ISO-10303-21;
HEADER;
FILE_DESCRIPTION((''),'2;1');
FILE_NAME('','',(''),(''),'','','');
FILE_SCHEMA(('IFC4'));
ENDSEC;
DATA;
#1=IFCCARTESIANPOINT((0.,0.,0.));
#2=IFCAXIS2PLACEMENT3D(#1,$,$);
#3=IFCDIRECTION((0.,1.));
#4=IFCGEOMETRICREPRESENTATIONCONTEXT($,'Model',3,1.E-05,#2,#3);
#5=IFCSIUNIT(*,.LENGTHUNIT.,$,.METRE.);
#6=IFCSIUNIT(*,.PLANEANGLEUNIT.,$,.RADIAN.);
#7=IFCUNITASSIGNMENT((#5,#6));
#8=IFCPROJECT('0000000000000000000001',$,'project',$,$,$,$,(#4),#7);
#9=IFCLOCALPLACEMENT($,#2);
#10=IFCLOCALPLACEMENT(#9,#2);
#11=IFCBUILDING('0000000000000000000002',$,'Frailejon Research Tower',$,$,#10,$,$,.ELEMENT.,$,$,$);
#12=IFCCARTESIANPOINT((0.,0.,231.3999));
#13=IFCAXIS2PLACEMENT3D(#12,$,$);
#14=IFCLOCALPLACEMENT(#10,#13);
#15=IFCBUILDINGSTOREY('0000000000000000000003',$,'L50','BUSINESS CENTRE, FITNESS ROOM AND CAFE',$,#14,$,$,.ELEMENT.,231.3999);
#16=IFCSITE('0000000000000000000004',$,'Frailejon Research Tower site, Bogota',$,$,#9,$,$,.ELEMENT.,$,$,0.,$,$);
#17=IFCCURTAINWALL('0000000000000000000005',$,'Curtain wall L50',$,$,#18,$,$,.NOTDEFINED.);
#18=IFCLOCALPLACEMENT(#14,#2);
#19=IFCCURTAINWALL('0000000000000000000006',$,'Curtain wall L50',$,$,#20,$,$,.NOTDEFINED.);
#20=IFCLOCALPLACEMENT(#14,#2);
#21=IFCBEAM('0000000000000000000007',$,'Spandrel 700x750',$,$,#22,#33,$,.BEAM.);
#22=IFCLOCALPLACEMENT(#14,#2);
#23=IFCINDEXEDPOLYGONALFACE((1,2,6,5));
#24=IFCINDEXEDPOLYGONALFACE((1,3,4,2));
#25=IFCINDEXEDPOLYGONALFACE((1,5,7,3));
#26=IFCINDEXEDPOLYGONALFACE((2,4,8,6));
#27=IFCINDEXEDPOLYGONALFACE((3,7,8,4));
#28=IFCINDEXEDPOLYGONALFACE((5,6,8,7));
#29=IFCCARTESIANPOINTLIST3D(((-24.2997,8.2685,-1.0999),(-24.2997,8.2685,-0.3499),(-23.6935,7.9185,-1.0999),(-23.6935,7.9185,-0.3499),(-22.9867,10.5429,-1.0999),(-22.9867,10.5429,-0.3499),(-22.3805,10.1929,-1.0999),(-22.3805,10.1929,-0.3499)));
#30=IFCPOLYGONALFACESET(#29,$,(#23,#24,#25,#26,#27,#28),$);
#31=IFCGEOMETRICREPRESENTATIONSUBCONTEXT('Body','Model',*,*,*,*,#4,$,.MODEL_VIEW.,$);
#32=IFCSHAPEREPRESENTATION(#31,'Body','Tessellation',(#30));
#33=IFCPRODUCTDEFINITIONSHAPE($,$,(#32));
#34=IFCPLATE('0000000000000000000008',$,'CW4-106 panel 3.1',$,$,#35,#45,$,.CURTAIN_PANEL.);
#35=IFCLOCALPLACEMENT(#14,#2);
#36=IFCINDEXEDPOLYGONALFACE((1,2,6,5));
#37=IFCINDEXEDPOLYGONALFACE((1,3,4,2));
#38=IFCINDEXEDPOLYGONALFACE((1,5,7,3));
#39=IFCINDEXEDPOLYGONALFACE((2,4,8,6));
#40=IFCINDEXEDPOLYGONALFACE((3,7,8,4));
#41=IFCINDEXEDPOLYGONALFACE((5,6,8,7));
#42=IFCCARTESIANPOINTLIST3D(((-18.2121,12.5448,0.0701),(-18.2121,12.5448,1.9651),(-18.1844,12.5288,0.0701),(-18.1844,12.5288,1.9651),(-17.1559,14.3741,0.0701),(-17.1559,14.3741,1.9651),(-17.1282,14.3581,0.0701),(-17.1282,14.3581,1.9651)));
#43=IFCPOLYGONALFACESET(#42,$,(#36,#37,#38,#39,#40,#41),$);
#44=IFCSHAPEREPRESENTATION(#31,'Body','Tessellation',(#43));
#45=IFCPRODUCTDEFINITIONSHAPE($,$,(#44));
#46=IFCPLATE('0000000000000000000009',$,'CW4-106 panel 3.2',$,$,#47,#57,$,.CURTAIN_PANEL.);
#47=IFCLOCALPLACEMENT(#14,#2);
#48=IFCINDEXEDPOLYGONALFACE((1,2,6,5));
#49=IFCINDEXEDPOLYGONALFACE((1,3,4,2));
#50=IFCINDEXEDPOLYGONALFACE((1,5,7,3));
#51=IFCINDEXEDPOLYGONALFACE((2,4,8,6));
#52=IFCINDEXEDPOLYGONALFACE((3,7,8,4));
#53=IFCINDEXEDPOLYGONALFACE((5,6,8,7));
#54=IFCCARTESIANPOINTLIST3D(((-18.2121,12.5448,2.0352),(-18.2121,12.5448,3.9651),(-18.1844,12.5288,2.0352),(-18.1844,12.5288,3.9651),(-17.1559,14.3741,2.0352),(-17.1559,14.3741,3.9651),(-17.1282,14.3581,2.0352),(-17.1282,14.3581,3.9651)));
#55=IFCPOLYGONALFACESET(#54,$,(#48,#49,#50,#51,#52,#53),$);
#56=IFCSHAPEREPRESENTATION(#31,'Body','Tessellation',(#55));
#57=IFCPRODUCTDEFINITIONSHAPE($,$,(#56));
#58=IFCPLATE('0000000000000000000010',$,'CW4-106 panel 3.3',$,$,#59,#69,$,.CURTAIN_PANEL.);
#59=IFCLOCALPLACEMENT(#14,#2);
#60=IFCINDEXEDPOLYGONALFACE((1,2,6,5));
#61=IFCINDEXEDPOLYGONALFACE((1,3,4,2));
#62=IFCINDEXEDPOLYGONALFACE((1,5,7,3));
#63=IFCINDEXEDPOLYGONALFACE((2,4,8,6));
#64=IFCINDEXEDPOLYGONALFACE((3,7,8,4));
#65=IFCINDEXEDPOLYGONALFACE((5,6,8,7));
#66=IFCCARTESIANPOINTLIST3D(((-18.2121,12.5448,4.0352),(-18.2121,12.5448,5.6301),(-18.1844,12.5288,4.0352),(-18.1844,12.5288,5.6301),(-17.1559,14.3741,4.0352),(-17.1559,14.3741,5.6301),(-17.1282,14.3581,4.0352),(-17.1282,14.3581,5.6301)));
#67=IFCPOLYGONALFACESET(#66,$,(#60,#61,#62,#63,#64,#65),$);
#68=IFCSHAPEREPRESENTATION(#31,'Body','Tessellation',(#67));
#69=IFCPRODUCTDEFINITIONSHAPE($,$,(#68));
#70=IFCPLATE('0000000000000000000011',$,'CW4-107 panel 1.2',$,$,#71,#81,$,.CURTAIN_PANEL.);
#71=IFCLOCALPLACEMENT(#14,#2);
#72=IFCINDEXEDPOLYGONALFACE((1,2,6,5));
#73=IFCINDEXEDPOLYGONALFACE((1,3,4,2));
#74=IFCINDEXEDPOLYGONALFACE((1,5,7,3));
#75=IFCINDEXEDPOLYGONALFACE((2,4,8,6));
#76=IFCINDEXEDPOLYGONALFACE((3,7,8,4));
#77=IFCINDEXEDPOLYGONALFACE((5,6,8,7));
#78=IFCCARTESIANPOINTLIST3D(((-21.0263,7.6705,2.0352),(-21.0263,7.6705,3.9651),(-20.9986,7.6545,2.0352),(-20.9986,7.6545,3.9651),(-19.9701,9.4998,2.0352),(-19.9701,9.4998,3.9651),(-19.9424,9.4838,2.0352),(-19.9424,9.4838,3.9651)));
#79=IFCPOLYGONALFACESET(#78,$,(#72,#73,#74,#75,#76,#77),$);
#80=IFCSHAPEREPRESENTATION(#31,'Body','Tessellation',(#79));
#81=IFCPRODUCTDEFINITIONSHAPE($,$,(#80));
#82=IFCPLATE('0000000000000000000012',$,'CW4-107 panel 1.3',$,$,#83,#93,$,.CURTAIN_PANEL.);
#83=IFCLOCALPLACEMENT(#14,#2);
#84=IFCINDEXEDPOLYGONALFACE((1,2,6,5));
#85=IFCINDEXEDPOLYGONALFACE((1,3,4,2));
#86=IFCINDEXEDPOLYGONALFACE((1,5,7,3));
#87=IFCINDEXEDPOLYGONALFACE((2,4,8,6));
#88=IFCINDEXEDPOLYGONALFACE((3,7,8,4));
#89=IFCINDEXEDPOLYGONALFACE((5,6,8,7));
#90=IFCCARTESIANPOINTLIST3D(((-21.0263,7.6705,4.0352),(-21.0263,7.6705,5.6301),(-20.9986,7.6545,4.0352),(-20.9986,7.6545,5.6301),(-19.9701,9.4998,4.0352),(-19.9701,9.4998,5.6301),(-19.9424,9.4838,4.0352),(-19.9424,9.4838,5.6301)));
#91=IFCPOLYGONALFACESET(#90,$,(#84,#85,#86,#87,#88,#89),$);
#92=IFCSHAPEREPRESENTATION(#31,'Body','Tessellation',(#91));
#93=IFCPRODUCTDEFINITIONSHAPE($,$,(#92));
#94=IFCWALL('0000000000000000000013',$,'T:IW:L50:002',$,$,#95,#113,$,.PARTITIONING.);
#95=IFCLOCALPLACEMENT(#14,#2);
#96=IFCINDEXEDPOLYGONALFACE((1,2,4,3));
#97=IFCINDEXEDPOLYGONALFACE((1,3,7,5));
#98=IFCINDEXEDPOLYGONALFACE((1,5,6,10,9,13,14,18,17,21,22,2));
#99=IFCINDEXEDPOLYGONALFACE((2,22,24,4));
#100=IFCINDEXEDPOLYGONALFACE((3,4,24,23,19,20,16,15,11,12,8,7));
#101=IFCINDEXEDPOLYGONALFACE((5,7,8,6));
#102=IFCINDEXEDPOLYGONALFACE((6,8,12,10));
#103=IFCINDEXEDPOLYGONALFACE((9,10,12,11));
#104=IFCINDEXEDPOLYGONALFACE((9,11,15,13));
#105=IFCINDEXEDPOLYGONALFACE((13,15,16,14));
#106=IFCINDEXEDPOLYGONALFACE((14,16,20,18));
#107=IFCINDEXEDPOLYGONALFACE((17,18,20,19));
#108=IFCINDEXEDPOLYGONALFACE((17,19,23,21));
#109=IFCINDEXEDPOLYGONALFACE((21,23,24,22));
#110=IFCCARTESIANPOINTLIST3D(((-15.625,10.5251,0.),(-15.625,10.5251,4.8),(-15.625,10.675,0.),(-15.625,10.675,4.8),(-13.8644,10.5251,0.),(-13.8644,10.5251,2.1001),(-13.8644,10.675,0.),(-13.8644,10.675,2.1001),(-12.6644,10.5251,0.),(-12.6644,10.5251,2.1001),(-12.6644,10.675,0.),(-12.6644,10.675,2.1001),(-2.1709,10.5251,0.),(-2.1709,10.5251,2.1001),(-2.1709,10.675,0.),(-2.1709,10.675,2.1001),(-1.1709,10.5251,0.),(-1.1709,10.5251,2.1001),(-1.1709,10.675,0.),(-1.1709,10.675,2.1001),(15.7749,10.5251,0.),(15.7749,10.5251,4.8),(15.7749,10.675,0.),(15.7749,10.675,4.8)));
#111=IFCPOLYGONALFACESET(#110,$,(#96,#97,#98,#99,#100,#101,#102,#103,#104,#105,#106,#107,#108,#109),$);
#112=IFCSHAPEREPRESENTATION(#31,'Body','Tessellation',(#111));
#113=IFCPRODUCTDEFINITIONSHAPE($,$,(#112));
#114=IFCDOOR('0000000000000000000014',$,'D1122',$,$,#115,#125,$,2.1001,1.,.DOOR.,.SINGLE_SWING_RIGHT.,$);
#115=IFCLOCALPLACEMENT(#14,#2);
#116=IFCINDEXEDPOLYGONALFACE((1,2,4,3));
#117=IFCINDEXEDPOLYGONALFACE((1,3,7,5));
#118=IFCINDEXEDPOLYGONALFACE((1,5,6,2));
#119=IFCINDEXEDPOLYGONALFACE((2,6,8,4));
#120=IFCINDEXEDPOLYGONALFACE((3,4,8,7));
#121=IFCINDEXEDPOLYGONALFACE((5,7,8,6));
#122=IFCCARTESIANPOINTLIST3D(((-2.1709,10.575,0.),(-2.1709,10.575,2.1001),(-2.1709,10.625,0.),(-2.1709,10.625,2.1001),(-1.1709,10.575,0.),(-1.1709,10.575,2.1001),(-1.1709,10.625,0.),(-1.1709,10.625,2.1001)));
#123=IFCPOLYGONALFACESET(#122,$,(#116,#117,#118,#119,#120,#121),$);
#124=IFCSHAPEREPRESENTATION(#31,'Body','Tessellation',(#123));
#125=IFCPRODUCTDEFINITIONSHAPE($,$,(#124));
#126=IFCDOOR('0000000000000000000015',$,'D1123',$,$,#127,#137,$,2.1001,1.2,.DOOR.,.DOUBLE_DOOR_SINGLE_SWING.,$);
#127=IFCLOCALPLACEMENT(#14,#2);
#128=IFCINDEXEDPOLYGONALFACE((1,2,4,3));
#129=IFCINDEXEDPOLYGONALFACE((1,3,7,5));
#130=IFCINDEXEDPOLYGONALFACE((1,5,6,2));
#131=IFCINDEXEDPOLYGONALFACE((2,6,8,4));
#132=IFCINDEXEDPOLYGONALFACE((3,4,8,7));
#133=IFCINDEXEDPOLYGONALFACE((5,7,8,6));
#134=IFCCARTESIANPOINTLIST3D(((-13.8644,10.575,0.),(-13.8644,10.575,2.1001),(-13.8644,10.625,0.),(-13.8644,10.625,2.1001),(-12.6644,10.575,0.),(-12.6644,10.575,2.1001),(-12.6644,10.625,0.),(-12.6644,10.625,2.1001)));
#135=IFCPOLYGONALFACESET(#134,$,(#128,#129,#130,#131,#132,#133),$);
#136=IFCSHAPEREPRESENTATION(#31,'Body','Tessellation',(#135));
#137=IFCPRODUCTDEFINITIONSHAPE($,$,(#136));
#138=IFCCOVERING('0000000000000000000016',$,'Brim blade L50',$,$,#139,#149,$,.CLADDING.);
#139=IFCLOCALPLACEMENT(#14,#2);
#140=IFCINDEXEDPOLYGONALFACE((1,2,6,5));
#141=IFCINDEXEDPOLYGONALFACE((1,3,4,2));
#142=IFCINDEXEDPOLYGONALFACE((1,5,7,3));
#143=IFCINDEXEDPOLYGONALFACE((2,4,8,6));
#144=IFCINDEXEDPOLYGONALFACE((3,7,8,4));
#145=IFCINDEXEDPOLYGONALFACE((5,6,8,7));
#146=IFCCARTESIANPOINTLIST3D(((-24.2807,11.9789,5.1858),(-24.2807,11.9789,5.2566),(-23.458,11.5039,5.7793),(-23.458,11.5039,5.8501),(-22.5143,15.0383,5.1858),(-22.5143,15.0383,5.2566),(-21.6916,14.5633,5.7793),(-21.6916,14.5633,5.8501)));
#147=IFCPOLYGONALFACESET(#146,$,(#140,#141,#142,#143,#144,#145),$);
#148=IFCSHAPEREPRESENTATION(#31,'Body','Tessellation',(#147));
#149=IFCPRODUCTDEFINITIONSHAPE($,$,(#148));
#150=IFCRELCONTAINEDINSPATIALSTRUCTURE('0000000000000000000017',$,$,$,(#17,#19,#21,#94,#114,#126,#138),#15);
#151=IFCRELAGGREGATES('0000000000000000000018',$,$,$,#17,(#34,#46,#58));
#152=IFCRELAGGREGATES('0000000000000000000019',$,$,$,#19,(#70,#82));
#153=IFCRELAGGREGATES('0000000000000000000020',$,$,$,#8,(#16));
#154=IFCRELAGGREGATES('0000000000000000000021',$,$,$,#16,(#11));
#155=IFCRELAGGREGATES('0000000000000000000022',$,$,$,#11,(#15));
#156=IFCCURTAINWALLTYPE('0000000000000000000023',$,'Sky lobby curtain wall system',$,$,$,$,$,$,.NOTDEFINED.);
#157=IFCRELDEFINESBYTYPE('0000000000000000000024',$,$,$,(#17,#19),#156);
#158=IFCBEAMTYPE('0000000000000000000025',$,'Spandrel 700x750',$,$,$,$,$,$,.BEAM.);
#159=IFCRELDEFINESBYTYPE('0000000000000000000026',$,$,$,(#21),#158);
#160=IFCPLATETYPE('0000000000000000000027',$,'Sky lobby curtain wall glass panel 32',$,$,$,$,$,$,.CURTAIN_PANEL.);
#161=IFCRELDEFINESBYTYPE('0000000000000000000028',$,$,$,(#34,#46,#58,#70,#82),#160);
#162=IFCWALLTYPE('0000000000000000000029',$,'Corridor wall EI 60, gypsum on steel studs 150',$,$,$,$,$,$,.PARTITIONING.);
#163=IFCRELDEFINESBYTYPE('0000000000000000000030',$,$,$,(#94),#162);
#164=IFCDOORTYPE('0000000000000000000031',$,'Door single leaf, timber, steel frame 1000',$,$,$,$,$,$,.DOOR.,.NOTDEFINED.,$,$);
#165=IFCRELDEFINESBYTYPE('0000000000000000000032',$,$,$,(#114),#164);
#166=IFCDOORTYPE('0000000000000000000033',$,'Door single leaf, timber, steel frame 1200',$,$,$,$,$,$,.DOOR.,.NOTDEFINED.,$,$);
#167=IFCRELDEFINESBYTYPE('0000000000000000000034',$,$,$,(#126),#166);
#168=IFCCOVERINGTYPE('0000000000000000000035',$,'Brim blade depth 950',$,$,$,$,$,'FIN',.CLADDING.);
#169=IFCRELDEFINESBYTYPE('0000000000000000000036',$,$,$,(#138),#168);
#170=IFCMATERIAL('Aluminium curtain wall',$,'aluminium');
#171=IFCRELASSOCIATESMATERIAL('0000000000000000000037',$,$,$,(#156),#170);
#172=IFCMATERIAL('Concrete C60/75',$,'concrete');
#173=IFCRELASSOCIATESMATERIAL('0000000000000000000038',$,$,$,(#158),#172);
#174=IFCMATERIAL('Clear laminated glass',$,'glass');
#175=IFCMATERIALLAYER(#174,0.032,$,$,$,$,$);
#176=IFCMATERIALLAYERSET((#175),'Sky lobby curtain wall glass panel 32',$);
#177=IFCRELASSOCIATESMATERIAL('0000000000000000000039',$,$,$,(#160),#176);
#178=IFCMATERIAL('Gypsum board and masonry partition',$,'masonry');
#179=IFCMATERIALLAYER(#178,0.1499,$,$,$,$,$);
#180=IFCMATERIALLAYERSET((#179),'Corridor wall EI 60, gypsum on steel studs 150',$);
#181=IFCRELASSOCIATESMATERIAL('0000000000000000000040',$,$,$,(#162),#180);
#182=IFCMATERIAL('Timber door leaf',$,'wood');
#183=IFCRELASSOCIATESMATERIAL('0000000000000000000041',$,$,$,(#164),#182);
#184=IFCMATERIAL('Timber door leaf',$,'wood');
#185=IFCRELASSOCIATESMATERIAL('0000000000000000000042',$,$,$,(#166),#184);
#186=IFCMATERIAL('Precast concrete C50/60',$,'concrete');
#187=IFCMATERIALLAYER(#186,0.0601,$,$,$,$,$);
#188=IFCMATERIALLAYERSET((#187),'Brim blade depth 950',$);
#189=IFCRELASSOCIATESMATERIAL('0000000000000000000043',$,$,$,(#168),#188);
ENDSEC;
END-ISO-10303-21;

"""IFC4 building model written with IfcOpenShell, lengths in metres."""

from ifc_helpers import new_model, si_unit, direction, frame, frame_2d, origin, origin_2d, place, context, subcontext, project, spatial, polyline, rectangle, outline, extrude, material, layer, layer_set, material_profile, profile_set, type_object, element, fill, aggregate, save


model = new_model("IFC4")

# Units and contexts
model_context = context("Model", 3, precision=1e-05, world=origin(), true_north=direction((0.0, 1.0)))
body_context = subcontext(model_context, "Body", "Model", "MODEL_VIEW")
ifc_project = project(units=[si_unit("LENGTHUNIT", "METRE"), si_unit("PLANEANGLEUNIT", "RADIAN")], contexts=[model_context])

# Site, building, storey
site_placement = place(None, origin())
site = spatial("IfcSite", under=ifc_project, at=site_placement, Name="Frailejon Research Tower site, Bogota", CompositionType="ELEMENT", RefElevation=0.0)
building_placement = place(site_placement, origin())
building = spatial("IfcBuilding", under=site, at=building_placement, Name="Frailejon Research Tower", CompositionType="ELEMENT")
storey_placement = place(building_placement, frame((0.0, 0.0, 231.3999)))
storey = spatial("IfcBuildingStorey", under=building, at=storey_placement, Name="L50", Description="BUSINESS CENTRE, FITNESS ROOM AND CAFE", CompositionType="ELEMENT", Elevation=231.3999)

# Curtain walls
ifc_material_1 = material(Name="Aluminium curtain wall", Category="aluminium")
curtain_wall_type = type_object("IfcCurtainWallType", Name="Sky lobby curtain wall system", PredefinedType="NOTDEFINED", material=ifc_material_1)
curtain_wall_1_placement = place(storey_placement, origin())
curtain_wall_1 = element("IfcCurtainWall", 1, at=curtain_wall_1_placement, inside=storey, type_object=curtain_wall_type, Name="Curtain wall L50", PredefinedType="NOTDEFINED")
curtain_wall_2_placement = place(storey_placement, origin())
curtain_wall_2 = element("IfcCurtainWall", 2, at=curtain_wall_2_placement, inside=storey, type_object=curtain_wall_type, Name="Curtain wall L50", PredefinedType="NOTDEFINED")

# Beam
ifc_material_2 = material(Name="Concrete C60/75", Category="concrete")
ifc_material_profile_1 = material_profile(ifc_material_2, rectangle(XDim=0.7, YDim=0.75, at=origin_2d()), Name="Spandrel 700x750")
ifc_profile_set_1 = profile_set([ifc_material_profile_1], Name="Concrete C60/75")
beam_type_1 = type_object("IfcBeamType", Name="Spandrel 700x750", PredefinedType="BEAM", material=ifc_profile_set_1)
for number, where, z_axis, x_axis, name in (
    (3, (-22.6836, 10.3679, -0.7249), (-0.499959, -0.866049, 0.0), (0.866049, -0.499959, 0.0), "Spandrel 700x750"),
):
    element("IfcBeam", number, at=place(storey_placement, frame(where, z_axis=z_axis, x_axis=x_axis)), inside=storey, type_object=beam_type_1, Name=name, PredefinedType="BEAM", context=body_context, shape_type="SweptSolid", body=[
        extrude(rectangle(XDim=0.7, YDim=0.75, at=origin_2d()), origin(), (0.0, 0.0, 1.0), 2.6262),
    ])

# Plates
ifc_material_3 = material(Name="Clear laminated glass", Category="glass")
ifc_layer_1 = layer(ifc_material_3, 0.032)
ifc_layer_set_1 = layer_set([ifc_layer_1], Name="Sky lobby curtain wall glass panel 32")
plate_type = type_object("IfcPlateType", Name="Sky lobby curtain wall glass panel 32", PredefinedType="CURTAIN_PANEL", material=ifc_layer_set_1)
plate_1_placement = place(storey_placement, frame((-17.6702, 13.4514, 0.0701), z_axis=(0.0, 0.0, 1.0), x_axis=(-0.5, -0.866025, 0.0)))
plate_1 = element("IfcPlate", 4, at=plate_1_placement, type_object=plate_type, Name="CW4-106 panel 3.1", PredefinedType="CURTAIN_PANEL", context=body_context, shape_type="SweptSolid", body=[
    extrude(rectangle(XDim=2.1123, YDim=0.032, at=origin_2d()), origin(), (0.0, 0.0, 1.0), 1.895),
])
plate_2_placement = place(storey_placement, frame((-17.6702, 13.4514, 2.0352), z_axis=(0.0, 0.0, 1.0), x_axis=(-0.5, -0.866025, 0.0)))
plate_2 = element("IfcPlate", 5, at=plate_2_placement, type_object=plate_type, Name="CW4-106 panel 3.2", PredefinedType="CURTAIN_PANEL", context=body_context, shape_type="SweptSolid", body=[
    extrude(rectangle(XDim=2.1123, YDim=0.032, at=origin_2d()), origin(), (0.0, 0.0, 1.0), 1.9299),
])
plate_3_placement = place(storey_placement, frame((-17.6702, 13.4514, 4.0352), z_axis=(0.0, 0.0, 1.0), x_axis=(-0.5, -0.866025, 0.0)))
plate_3 = element("IfcPlate", 6, at=plate_3_placement, type_object=plate_type, Name="CW4-106 panel 3.3", PredefinedType="CURTAIN_PANEL", context=body_context, shape_type="SweptSolid", body=[
    extrude(rectangle(XDim=2.1123, YDim=0.032, at=origin_2d()), origin(), (0.0, 0.0, 1.0), 1.595),
])
aggregate(curtain_wall_1, [plate_1, plate_2, plate_3])
plate_4_placement = place(storey_placement, frame((-20.4844, 8.5771, 2.0352), z_axis=(0.0, 0.0, 1.0), x_axis=(-0.5, -0.866025, 0.0)))
plate_4 = element("IfcPlate", 7, at=plate_4_placement, type_object=plate_type, Name="CW4-107 panel 1.2", PredefinedType="CURTAIN_PANEL", context=body_context, shape_type="SweptSolid", body=[
    extrude(rectangle(XDim=2.1123, YDim=0.032, at=origin_2d()), origin(), (0.0, 0.0, 1.0), 1.9299),
])
plate_5_placement = place(storey_placement, frame((-20.4844, 8.5771, 4.0352), z_axis=(0.0, 0.0, 1.0), x_axis=(-0.5, -0.866025, 0.0)))
plate_5 = element("IfcPlate", 8, at=plate_5_placement, type_object=plate_type, Name="CW4-107 panel 1.3", PredefinedType="CURTAIN_PANEL", context=body_context, shape_type="SweptSolid", body=[
    extrude(rectangle(XDim=2.1123, YDim=0.032, at=origin_2d()), origin(), (0.0, 0.0, 1.0), 1.595),
])
aggregate(curtain_wall_2, [plate_4, plate_5])

# Wall, openings, doors
ifc_material_4 = material(Name="Gypsum board and masonry partition", Category="masonry")
ifc_layer_2 = layer(ifc_material_4, 0.1499)
ifc_layer_set_2 = layer_set([ifc_layer_2], Name="Corridor wall EI 60, gypsum on steel studs 150")
wall_type_1 = type_object("IfcWallType", Name="Corridor wall EI 60, gypsum on steel studs 150", PredefinedType="PARTITIONING", material=ifc_layer_set_2)
wall_1_placement = place(storey_placement, frame((-15.625, 10.6001, 0.0), z_axis=(0.0, 0.0, 1.0), x_axis=(1.0, 0.0, 0.0)))
wall_1 = element("IfcWall", 9, at=wall_1_placement, inside=storey, type_object=wall_type_1, Name="T:IW:L50:002", PredefinedType="PARTITIONING", context=body_context, shape_type="SweptSolid", body=[
    extrude(rectangle(XDim=31.3999, YDim=0.1499, at=frame_2d((15.7, 0.0))), origin(), (0.0, 0.0, 1.0), 4.8),
])
opening_1_placement = place(wall_1_placement, frame((13.4541, 0.0, 0.0)))
opening_1 = element("IfcOpeningElement", 10, at=opening_1_placement, cuts=wall_1, PredefinedType="OPENING", context=body_context, shape_type="SweptSolid", body=[
    extrude(rectangle(XDim=1.0, YDim=2.1001, at=frame_2d((0.5, 1.05))), frame((0.0, 0.085, 0.0), z_axis=(0.0, -1.0, 0.0), x_axis=(1.0, 0.0, 0.0)), (0.0, 0.0, 1.0), 0.1699),
])
opening_2_placement = place(wall_1_placement, frame((1.7605, 0.0, 0.0)))
opening_2 = element("IfcOpeningElement", 11, at=opening_2_placement, cuts=wall_1, PredefinedType="OPENING", context=body_context, shape_type="SweptSolid", body=[
    extrude(rectangle(XDim=1.2, YDim=2.1001, at=frame_2d((0.6001, 1.05))), frame((0.0, 0.085, 0.0), z_axis=(0.0, -1.0, 0.0), x_axis=(1.0, 0.0, 0.0)), (0.0, 0.0, 1.0), 0.1699),
])
ifc_material_5 = material(Name="Timber door leaf", Category="wood")
door_type_1 = type_object("IfcDoorType", Name="Door single leaf, timber, steel frame 1000", OperationType="NOTDEFINED", PredefinedType="DOOR", material=ifc_material_5)
door_1_placement = place(opening_1_placement, origin())
door_1 = element("IfcDoor", 12, at=door_1_placement, inside=storey, type_object=door_type_1, Name="D1122", OperationType="SINGLE_SWING_RIGHT", OverallHeight=2.1001, OverallWidth=1.0, PredefinedType="DOOR", context=body_context, shape_type="SweptSolid", body=[
    extrude(rectangle(XDim=1.0, YDim=2.1001, at=frame_2d((0.5, 1.05))), frame((0.0, 0.0249, 0.0), z_axis=(0.0, -1.0, 0.0), x_axis=(1.0, 0.0, 0.0)), (0.0, 0.0, 1.0), 0.05),
])
fill(opening_1, door_1)
ifc_material_6 = material(Name="Timber door leaf", Category="wood")
door_type_2 = type_object("IfcDoorType", Name="Door single leaf, timber, steel frame 1200", OperationType="NOTDEFINED", PredefinedType="DOOR", material=ifc_material_6)
door_2_placement = place(opening_2_placement, origin())
door_2 = element("IfcDoor", 13, at=door_2_placement, inside=storey, type_object=door_type_2, Name="D1123", OperationType="DOUBLE_DOOR_SINGLE_SWING", OverallHeight=2.1001, OverallWidth=1.2, PredefinedType="DOOR", context=body_context, shape_type="SweptSolid", body=[
    extrude(rectangle(XDim=1.2, YDim=2.1001, at=frame_2d((0.6001, 1.05))), frame((0.0, 0.0249, 0.0), z_axis=(0.0, -1.0, 0.0), x_axis=(1.0, 0.0, 0.0)), (0.0, 0.0, 1.0), 0.05),
])
fill(opening_2, door_2)

# Covering
ifc_material_7 = material(Name="Precast concrete C50/60", Category="concrete")
ifc_layer_3 = layer(ifc_material_7, 0.0601)
ifc_layer_set_3 = layer_set([ifc_layer_3], Name="Brim blade depth 950")
covering_type = type_object("IfcCoveringType", Name="Brim blade depth 950", ElementType="FIN", PredefinedType="CLADDING", material=ifc_layer_set_3)
covering_placement = place(storey_placement, frame((-23.458, 11.5039, 5.8501), z_axis=(0.500003, 0.866024, 0.0), x_axis=(-0.866024, 0.500003, 0.0)))
element("IfcCovering", 14, at=covering_placement, inside=storey, type_object=covering_type, Name="Brim blade L50", PredefinedType="CLADDING", context=body_context, shape_type="SweptSolid", body=[
    extrude(outline(polyline([(0.0, -0.0708), (0.95, -0.6643), (0.95, -0.5935), (0.0, 0.0), (0.0, -0.0708)])), origin(), (0.0, 0.0, 1.0), 3.5327),
])

save(model, "model.ifc")
